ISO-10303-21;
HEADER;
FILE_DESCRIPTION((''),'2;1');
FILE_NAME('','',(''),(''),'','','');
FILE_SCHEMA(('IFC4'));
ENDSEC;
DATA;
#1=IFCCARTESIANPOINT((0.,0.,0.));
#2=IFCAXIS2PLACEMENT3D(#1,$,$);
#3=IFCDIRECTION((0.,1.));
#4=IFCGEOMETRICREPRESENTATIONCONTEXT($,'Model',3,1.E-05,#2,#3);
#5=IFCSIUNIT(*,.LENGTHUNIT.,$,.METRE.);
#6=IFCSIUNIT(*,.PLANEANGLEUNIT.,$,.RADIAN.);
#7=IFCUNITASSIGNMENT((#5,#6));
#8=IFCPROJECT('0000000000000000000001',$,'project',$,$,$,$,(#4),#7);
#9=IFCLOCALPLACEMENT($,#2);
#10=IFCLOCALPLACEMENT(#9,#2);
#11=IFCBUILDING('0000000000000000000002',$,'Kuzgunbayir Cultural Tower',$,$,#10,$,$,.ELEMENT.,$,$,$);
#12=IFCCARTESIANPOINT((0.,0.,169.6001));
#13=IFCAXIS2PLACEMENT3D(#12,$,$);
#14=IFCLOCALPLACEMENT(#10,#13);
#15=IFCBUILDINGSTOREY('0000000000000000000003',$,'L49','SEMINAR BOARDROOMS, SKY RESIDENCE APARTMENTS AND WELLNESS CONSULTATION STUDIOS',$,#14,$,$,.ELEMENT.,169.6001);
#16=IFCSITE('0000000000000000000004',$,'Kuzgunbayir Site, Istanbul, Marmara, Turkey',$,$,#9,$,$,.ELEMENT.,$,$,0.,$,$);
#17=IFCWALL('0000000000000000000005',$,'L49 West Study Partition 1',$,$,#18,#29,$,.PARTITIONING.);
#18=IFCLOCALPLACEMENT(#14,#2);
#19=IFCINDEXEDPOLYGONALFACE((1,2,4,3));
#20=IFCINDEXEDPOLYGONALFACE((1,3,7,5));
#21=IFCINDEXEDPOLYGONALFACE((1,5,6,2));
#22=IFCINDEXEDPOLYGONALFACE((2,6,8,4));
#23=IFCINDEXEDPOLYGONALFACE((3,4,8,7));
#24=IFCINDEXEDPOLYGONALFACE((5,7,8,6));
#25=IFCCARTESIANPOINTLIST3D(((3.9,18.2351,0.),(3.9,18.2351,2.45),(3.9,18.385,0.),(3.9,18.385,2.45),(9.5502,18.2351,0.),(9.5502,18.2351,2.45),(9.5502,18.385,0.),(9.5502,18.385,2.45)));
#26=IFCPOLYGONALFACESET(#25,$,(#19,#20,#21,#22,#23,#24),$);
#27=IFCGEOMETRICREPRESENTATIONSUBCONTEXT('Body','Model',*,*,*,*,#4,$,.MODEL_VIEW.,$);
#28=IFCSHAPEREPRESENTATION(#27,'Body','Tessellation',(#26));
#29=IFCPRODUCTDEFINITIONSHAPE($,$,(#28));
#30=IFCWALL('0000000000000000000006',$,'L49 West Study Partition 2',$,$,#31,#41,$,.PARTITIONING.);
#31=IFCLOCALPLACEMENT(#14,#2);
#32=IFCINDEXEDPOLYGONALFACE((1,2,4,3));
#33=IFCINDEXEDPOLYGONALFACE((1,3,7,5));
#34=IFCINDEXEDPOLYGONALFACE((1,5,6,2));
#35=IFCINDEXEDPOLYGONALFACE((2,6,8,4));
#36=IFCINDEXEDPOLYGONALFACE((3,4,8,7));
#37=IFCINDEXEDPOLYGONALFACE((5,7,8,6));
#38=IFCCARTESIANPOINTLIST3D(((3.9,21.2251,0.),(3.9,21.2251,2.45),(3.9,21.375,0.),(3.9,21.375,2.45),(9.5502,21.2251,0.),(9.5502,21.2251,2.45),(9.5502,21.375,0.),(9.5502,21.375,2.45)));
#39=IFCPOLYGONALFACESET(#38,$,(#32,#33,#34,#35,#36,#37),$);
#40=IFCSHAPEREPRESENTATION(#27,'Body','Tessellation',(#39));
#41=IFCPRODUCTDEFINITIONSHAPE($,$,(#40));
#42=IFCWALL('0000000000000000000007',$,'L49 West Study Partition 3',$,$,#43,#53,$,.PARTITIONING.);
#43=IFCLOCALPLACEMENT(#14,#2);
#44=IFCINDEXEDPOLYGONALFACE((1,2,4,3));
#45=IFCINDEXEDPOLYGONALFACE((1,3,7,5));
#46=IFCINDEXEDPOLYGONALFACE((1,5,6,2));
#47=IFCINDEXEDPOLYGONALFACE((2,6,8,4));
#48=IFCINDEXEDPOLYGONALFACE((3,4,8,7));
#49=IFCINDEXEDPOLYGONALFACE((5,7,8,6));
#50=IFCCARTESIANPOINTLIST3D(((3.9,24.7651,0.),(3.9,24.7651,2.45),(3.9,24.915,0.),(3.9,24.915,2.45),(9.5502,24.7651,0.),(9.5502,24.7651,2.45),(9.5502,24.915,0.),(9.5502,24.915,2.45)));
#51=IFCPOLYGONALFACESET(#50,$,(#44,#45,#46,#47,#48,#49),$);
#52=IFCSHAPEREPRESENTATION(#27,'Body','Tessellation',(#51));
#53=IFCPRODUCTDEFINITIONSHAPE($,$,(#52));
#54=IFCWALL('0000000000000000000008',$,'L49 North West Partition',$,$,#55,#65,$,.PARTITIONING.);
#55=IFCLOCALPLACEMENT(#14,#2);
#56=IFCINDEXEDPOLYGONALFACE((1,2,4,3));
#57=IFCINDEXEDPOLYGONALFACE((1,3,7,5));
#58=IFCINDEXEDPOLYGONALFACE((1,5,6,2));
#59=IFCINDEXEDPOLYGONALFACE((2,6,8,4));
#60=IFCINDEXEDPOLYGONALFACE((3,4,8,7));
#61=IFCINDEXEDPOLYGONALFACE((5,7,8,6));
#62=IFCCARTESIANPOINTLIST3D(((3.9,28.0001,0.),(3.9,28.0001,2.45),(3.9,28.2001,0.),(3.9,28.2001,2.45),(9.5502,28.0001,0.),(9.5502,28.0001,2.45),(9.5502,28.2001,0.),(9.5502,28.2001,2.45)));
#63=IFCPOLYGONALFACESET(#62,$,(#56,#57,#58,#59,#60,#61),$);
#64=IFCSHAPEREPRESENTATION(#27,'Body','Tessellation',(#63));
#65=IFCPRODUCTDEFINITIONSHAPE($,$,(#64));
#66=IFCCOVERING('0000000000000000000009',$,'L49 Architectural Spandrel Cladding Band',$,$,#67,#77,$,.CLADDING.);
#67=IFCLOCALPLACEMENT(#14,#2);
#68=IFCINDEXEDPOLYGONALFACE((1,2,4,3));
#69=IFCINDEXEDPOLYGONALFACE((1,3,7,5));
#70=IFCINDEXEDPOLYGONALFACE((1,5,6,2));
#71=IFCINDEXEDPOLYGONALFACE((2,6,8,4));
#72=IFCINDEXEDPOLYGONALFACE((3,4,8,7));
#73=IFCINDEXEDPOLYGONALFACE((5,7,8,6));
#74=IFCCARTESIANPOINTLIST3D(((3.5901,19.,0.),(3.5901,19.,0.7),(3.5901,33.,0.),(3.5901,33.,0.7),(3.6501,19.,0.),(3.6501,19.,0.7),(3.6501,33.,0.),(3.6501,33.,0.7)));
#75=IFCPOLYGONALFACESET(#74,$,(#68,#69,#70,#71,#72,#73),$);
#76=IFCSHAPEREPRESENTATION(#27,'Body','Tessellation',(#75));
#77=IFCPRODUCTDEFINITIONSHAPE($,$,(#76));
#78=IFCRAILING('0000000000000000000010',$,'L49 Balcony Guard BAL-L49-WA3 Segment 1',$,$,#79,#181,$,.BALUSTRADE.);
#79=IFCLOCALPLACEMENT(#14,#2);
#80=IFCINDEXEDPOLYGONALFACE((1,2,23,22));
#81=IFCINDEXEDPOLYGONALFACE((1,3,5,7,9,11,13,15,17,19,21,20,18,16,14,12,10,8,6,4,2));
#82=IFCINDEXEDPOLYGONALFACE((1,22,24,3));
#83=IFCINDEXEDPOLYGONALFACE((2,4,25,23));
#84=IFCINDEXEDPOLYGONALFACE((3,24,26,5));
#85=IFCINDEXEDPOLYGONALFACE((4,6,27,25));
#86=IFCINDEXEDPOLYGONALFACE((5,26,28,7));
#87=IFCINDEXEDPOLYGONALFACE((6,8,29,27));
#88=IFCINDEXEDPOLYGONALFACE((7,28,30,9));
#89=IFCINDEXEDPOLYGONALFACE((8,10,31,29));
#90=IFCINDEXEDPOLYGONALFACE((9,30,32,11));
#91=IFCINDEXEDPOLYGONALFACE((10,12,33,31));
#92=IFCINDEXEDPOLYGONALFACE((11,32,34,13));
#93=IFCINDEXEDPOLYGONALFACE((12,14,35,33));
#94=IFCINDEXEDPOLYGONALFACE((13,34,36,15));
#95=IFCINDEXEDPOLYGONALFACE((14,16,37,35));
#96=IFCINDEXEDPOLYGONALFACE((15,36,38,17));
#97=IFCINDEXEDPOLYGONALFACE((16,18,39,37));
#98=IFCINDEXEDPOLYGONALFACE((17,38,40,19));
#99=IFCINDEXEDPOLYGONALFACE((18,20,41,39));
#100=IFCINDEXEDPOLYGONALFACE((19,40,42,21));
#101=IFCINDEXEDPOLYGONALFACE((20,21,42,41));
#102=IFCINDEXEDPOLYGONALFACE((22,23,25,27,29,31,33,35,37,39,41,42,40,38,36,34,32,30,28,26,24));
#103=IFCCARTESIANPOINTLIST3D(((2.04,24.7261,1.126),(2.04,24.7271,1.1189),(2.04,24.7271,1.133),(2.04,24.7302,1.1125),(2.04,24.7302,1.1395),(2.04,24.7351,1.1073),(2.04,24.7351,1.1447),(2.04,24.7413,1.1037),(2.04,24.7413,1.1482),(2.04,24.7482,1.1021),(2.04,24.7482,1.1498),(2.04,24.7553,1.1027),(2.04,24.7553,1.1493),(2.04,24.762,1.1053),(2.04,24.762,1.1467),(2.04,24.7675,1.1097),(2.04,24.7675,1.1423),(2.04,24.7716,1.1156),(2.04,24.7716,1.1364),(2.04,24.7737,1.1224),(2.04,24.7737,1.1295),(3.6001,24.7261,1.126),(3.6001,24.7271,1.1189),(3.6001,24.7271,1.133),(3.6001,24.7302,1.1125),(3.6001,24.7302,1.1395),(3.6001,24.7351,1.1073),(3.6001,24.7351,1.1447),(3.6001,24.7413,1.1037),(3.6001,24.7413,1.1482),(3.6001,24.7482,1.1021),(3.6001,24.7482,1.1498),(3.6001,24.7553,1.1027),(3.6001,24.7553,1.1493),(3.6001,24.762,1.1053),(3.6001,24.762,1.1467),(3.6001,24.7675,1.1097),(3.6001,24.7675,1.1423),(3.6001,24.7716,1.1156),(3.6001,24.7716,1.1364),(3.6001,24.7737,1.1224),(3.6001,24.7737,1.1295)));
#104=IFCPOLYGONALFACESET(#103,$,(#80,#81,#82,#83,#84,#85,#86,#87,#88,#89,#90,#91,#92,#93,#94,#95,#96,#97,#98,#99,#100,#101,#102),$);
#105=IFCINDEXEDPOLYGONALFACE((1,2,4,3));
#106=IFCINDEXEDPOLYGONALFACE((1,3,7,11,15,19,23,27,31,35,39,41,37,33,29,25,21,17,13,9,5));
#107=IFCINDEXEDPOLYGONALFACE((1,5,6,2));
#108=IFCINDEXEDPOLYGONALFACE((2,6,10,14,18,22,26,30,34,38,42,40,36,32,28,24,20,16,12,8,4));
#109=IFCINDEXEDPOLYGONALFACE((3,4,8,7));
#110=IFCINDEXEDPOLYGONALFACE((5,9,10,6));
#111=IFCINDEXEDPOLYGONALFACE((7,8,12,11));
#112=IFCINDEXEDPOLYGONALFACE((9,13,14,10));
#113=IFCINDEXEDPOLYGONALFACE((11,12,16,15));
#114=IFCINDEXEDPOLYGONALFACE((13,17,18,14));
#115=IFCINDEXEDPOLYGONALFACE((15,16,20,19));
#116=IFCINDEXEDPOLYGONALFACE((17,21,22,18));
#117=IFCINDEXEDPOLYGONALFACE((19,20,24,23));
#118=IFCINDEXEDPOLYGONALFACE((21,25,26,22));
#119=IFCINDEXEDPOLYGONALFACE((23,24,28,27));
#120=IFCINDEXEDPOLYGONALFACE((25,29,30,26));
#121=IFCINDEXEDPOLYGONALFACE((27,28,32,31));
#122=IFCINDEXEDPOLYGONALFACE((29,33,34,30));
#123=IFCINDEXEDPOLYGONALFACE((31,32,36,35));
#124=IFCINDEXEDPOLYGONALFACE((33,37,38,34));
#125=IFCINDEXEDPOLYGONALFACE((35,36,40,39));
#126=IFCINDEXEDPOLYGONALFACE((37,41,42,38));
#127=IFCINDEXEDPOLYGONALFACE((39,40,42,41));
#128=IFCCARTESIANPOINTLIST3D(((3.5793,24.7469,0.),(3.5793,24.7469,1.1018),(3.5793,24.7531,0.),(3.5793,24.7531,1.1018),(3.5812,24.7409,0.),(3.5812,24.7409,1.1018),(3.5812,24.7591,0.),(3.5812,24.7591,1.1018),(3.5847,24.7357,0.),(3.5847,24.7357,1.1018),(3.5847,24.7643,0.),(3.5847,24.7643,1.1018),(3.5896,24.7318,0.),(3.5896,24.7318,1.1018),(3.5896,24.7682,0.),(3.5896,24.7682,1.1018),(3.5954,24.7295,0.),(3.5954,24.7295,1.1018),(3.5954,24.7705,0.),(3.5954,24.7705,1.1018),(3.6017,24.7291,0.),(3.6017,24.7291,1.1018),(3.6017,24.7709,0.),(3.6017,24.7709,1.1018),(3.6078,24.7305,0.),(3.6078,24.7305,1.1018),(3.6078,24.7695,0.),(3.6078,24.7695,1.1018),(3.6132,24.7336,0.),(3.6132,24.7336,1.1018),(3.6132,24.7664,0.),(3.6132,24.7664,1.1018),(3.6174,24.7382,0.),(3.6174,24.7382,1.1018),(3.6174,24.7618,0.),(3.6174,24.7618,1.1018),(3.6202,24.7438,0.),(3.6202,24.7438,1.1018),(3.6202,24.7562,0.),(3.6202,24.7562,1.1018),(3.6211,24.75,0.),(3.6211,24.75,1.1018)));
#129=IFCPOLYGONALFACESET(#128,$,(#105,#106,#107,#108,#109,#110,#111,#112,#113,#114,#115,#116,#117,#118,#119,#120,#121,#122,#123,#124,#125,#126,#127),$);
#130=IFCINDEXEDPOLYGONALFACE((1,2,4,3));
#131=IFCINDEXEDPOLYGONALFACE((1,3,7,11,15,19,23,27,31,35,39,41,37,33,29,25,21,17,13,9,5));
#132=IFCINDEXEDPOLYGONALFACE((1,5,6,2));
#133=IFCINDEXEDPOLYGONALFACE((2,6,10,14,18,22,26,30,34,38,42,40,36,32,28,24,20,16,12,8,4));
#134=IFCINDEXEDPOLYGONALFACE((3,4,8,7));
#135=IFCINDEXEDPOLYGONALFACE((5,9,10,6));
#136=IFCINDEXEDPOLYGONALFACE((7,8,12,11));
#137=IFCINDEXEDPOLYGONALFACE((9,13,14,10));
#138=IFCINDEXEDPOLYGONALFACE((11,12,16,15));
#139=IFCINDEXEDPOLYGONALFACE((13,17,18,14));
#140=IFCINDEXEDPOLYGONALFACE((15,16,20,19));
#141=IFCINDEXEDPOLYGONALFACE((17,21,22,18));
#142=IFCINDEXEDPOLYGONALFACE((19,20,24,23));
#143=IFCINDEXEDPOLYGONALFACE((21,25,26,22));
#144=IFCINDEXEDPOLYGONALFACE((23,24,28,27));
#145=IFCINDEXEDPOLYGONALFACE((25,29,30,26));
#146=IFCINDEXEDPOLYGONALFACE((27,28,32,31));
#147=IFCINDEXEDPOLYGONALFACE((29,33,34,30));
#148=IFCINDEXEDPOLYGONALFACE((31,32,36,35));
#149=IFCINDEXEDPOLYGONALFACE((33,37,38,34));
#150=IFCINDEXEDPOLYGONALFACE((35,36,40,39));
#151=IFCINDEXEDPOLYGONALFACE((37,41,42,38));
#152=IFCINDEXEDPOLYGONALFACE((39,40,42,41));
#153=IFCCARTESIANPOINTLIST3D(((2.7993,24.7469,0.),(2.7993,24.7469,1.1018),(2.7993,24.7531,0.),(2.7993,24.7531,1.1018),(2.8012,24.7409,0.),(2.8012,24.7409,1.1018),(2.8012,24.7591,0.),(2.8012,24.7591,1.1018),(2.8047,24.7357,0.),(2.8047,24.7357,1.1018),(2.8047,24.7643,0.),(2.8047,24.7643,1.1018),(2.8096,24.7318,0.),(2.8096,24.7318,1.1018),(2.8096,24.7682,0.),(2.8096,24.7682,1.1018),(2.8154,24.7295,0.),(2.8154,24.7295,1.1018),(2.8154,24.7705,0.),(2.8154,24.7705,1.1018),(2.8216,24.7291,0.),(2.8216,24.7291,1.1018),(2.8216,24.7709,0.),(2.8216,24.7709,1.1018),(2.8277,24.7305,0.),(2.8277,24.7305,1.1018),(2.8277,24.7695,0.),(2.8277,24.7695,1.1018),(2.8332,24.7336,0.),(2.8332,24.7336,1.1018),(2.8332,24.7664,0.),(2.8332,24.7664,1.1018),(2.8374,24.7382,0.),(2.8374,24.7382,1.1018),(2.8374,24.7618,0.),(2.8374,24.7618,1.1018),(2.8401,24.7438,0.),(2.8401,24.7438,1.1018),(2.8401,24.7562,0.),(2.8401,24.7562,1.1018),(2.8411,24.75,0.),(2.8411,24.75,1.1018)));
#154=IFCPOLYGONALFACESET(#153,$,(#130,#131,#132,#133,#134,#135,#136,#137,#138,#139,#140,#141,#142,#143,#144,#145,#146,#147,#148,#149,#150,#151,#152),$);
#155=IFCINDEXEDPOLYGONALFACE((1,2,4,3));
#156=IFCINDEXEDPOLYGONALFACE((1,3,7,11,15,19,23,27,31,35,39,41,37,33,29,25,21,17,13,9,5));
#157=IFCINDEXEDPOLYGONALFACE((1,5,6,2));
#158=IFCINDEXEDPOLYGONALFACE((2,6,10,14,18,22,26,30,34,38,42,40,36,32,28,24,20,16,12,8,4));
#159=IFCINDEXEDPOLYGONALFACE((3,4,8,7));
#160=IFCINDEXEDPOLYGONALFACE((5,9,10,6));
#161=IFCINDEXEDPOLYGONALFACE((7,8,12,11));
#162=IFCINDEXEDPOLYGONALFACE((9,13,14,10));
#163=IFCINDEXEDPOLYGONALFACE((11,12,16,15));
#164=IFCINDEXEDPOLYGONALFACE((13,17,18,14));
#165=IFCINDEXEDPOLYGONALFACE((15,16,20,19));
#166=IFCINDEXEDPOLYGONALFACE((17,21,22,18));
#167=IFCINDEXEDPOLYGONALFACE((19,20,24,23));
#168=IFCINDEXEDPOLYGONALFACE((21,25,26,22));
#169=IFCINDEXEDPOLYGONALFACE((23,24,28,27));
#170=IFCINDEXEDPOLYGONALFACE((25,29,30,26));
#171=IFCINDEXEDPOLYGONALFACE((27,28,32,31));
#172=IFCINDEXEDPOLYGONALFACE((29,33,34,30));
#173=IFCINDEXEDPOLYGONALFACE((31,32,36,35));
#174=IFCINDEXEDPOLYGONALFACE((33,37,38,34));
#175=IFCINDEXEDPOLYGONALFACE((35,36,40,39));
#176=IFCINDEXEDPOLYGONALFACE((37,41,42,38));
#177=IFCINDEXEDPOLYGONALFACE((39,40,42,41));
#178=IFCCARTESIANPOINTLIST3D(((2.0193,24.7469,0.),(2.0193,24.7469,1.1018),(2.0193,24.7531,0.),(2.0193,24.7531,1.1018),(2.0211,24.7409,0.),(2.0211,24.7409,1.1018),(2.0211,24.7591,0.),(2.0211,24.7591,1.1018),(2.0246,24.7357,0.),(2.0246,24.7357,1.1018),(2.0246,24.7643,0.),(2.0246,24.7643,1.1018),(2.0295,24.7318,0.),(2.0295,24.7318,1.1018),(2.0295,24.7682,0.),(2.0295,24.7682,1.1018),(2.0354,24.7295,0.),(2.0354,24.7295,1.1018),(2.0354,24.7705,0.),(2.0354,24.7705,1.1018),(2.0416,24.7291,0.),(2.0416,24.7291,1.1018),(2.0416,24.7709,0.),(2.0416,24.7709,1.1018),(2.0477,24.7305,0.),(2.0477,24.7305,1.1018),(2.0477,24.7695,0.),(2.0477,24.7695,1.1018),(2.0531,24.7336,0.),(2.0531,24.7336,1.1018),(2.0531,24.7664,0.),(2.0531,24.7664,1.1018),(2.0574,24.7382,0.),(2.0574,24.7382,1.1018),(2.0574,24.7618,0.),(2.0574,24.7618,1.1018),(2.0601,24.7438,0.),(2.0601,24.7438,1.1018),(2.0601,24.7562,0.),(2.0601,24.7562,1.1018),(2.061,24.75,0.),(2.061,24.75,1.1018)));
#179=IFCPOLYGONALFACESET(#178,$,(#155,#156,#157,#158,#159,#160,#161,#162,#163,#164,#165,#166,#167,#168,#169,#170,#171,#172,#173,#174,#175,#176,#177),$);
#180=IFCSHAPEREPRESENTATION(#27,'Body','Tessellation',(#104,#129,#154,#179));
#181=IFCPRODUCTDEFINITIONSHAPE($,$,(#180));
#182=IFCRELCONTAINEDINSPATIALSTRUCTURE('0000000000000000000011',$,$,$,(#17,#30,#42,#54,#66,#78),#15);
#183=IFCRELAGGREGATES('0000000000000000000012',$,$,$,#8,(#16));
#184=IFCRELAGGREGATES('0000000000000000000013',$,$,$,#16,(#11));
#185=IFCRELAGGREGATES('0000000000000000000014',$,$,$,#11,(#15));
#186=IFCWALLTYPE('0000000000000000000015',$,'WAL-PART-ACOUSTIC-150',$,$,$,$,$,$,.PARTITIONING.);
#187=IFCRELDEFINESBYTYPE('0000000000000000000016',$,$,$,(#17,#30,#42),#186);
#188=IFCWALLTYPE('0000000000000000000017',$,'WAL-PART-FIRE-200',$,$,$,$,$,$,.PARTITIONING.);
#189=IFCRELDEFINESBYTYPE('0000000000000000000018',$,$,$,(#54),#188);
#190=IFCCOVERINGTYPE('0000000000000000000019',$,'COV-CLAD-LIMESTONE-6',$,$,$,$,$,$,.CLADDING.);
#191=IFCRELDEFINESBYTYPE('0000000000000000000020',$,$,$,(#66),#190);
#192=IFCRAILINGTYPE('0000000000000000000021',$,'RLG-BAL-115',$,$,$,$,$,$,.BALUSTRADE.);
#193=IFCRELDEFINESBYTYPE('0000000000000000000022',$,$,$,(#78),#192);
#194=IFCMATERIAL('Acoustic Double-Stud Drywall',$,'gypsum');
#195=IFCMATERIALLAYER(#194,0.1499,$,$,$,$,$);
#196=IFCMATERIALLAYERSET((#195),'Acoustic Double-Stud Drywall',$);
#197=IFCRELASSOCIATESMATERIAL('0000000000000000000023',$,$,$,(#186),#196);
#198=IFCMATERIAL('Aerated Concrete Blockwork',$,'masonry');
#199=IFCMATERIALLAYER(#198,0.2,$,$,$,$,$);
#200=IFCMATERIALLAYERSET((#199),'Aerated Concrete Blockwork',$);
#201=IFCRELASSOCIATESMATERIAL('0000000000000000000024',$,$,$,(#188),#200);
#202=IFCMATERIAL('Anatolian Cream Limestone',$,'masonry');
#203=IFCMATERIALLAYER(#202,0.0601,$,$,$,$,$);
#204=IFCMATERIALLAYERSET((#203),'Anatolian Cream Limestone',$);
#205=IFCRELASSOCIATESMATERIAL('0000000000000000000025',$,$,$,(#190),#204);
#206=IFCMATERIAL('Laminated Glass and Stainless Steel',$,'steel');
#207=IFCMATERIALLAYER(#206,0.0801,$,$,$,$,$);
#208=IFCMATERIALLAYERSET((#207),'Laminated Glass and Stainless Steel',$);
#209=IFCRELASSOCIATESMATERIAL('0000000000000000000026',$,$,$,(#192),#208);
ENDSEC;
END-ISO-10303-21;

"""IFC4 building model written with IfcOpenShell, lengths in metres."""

from ifc_helpers import new_model, si_unit, direction, frame, frame_2d, origin, origin_2d, place, context, subcontext, project, spatial, rectangle, circle, extrude, material, layer, layer_set, type_object, element, save


model = new_model("IFC4")

# Units and contexts
model_context = context("Model", 3, precision=1e-05, world=origin(), true_north=direction((0.0, 1.0)))
body_context = subcontext(model_context, "Body", "Model", "MODEL_VIEW")
ifc_project = project(units=[si_unit("LENGTHUNIT", "METRE"), si_unit("PLANEANGLEUNIT", "RADIAN")], contexts=[model_context])

# Site, building, storey
site_placement = place(None, origin())
site = spatial("IfcSite", under=ifc_project, at=site_placement, Name="Kuzgunbayir Site, Istanbul, Marmara, Turkey", CompositionType="ELEMENT", RefElevation=0.0)
building_placement = place(site_placement, origin())
building = spatial("IfcBuilding", under=site, at=building_placement, Name="Kuzgunbayir Cultural Tower", CompositionType="ELEMENT")
storey_placement = place(building_placement, frame((0.0, 0.0, 169.6001)))
storey = spatial("IfcBuildingStorey", under=building, at=storey_placement, Name="L49", Description="SEMINAR BOARDROOMS, SKY RESIDENCE APARTMENTS AND WELLNESS CONSULTATION STUDIOS", CompositionType="ELEMENT", Elevation=169.6001)

# Walls
ifc_material_1 = material(Name="Acoustic Double-Stud Drywall", Category="gypsum")
ifc_layer_1 = layer(ifc_material_1, 0.1499)
ifc_layer_set_1 = layer_set([ifc_layer_1], Name="Acoustic Double-Stud Drywall")
wall_type_1 = type_object("IfcWallType", Name="WAL-PART-ACOUSTIC-150", PredefinedType="PARTITIONING", material=ifc_layer_set_1)
for number, where, z_axis, x_axis, name in (
    (1, (3.8999, 18.3101, 0.0), (0.0, 0.0, 1.0), (1.0, 0.0, 0.0), "L49 West Study Partition 1"),
    (2, (3.8999, 21.3, 0.0), (0.0, 0.0, 1.0), (1.0, 0.0, 0.0), "L49 West Study Partition 2"),
    (3, (3.8999, 24.8401, 0.0), (0.0, 0.0, 1.0), (1.0, 0.0, 0.0), "L49 West Study Partition 3"),
):
    element("IfcWall", number, at=place(storey_placement, frame(where, z_axis=z_axis, x_axis=x_axis)), inside=storey, type_object=wall_type_1, Name=name, PredefinedType="PARTITIONING", context=body_context, shape_type="SweptSolid", body=[
        extrude(rectangle(XDim=5.6501, YDim=0.1499, at=frame_2d((2.8252, 0.0))), origin(), (0.0, 0.0, 1.0), 2.45),
    ])
ifc_material_2 = material(Name="Aerated Concrete Blockwork", Category="masonry")
ifc_layer_2 = layer(ifc_material_2, 0.2)
ifc_layer_set_2 = layer_set([ifc_layer_2], Name="Aerated Concrete Blockwork")
wall_type_2 = type_object("IfcWallType", Name="WAL-PART-FIRE-200", PredefinedType="PARTITIONING", material=ifc_layer_set_2)
wall_placement = place(storey_placement, frame((3.8999, 28.1001, 0.0), z_axis=(0.0, 0.0, 1.0), x_axis=(1.0, 0.0, 0.0)))
element("IfcWall", 4, at=wall_placement, inside=storey, type_object=wall_type_2, Name="L49 North West Partition", PredefinedType="PARTITIONING", context=body_context, shape_type="SweptSolid", body=[
    extrude(rectangle(XDim=5.6501, YDim=0.2, at=frame_2d((2.8252, 0.0))), origin(), (0.0, 0.0, 1.0), 2.45),
])

# Covering
ifc_material_3 = material(Name="Anatolian Cream Limestone", Category="masonry")
ifc_layer_3 = layer(ifc_material_3, 0.0601)
ifc_layer_set_3 = layer_set([ifc_layer_3], Name="Anatolian Cream Limestone")
covering_type = type_object("IfcCoveringType", Name="COV-CLAD-LIMESTONE-6", PredefinedType="CLADDING", material=ifc_layer_set_3)
covering_placement = place(storey_placement, frame((3.6201, 26.0, 0.0), z_axis=(0.0, 0.0, 1.0), x_axis=(1.0, 0.0, 0.0)))
element("IfcCovering", 5, at=covering_placement, inside=storey, type_object=covering_type, Name="L49 Architectural Spandrel Cladding Band", PredefinedType="CLADDING", context=body_context, shape_type="SweptSolid", body=[
    extrude(rectangle(XDim=0.0601, YDim=14.0, at=origin_2d()), origin(), (0.0, 0.0, 1.0), 0.7),
])

# Railing
ifc_material_4 = material(Name="Laminated Glass and Stainless Steel", Category="steel")
ifc_layer_4 = layer(ifc_material_4, 0.0801)
ifc_layer_set_4 = layer_set([ifc_layer_4], Name="Laminated Glass and Stainless Steel")
railing_type = type_object("IfcRailingType", Name="RLG-BAL-115", PredefinedType="BALUSTRADE", material=ifc_layer_set_4)
railing_1_placement = place(storey_placement, frame((3.6001, 24.75, 0.0)))
element("IfcRailing", 6, at=railing_1_placement, inside=storey, type_object=railing_type, Name="L49 Balcony Guard BAL-L49-WA3 Segment 1", PredefinedType="BALUSTRADE", context=body_context, shape_type="SweptSolid", body=[
    extrude(circle(Radius=0.0239, at=origin_2d()), frame((0.0, 0.0, 1.126), z_axis=(-1.0, 0.0, 0.0), x_axis=(0.0, -1.0, 0.0)), (0.0, 0.0, 1.0), 1.5601),
    extrude(circle(Radius=0.021, at=origin_2d()), origin(), (0.0, 0.0, 1.0), 1.1018),
    extrude(circle(Radius=0.021, at=origin_2d()), frame((-0.78, 0.0, 0.0)), (0.0, 0.0, 1.0), 1.1018),
    extrude(circle(Radius=0.021, at=origin_2d()), frame((-1.5601, 0.0, 0.0)), (0.0, 0.0, 1.0), 1.1018),
])

save(model, "model.ifc")
